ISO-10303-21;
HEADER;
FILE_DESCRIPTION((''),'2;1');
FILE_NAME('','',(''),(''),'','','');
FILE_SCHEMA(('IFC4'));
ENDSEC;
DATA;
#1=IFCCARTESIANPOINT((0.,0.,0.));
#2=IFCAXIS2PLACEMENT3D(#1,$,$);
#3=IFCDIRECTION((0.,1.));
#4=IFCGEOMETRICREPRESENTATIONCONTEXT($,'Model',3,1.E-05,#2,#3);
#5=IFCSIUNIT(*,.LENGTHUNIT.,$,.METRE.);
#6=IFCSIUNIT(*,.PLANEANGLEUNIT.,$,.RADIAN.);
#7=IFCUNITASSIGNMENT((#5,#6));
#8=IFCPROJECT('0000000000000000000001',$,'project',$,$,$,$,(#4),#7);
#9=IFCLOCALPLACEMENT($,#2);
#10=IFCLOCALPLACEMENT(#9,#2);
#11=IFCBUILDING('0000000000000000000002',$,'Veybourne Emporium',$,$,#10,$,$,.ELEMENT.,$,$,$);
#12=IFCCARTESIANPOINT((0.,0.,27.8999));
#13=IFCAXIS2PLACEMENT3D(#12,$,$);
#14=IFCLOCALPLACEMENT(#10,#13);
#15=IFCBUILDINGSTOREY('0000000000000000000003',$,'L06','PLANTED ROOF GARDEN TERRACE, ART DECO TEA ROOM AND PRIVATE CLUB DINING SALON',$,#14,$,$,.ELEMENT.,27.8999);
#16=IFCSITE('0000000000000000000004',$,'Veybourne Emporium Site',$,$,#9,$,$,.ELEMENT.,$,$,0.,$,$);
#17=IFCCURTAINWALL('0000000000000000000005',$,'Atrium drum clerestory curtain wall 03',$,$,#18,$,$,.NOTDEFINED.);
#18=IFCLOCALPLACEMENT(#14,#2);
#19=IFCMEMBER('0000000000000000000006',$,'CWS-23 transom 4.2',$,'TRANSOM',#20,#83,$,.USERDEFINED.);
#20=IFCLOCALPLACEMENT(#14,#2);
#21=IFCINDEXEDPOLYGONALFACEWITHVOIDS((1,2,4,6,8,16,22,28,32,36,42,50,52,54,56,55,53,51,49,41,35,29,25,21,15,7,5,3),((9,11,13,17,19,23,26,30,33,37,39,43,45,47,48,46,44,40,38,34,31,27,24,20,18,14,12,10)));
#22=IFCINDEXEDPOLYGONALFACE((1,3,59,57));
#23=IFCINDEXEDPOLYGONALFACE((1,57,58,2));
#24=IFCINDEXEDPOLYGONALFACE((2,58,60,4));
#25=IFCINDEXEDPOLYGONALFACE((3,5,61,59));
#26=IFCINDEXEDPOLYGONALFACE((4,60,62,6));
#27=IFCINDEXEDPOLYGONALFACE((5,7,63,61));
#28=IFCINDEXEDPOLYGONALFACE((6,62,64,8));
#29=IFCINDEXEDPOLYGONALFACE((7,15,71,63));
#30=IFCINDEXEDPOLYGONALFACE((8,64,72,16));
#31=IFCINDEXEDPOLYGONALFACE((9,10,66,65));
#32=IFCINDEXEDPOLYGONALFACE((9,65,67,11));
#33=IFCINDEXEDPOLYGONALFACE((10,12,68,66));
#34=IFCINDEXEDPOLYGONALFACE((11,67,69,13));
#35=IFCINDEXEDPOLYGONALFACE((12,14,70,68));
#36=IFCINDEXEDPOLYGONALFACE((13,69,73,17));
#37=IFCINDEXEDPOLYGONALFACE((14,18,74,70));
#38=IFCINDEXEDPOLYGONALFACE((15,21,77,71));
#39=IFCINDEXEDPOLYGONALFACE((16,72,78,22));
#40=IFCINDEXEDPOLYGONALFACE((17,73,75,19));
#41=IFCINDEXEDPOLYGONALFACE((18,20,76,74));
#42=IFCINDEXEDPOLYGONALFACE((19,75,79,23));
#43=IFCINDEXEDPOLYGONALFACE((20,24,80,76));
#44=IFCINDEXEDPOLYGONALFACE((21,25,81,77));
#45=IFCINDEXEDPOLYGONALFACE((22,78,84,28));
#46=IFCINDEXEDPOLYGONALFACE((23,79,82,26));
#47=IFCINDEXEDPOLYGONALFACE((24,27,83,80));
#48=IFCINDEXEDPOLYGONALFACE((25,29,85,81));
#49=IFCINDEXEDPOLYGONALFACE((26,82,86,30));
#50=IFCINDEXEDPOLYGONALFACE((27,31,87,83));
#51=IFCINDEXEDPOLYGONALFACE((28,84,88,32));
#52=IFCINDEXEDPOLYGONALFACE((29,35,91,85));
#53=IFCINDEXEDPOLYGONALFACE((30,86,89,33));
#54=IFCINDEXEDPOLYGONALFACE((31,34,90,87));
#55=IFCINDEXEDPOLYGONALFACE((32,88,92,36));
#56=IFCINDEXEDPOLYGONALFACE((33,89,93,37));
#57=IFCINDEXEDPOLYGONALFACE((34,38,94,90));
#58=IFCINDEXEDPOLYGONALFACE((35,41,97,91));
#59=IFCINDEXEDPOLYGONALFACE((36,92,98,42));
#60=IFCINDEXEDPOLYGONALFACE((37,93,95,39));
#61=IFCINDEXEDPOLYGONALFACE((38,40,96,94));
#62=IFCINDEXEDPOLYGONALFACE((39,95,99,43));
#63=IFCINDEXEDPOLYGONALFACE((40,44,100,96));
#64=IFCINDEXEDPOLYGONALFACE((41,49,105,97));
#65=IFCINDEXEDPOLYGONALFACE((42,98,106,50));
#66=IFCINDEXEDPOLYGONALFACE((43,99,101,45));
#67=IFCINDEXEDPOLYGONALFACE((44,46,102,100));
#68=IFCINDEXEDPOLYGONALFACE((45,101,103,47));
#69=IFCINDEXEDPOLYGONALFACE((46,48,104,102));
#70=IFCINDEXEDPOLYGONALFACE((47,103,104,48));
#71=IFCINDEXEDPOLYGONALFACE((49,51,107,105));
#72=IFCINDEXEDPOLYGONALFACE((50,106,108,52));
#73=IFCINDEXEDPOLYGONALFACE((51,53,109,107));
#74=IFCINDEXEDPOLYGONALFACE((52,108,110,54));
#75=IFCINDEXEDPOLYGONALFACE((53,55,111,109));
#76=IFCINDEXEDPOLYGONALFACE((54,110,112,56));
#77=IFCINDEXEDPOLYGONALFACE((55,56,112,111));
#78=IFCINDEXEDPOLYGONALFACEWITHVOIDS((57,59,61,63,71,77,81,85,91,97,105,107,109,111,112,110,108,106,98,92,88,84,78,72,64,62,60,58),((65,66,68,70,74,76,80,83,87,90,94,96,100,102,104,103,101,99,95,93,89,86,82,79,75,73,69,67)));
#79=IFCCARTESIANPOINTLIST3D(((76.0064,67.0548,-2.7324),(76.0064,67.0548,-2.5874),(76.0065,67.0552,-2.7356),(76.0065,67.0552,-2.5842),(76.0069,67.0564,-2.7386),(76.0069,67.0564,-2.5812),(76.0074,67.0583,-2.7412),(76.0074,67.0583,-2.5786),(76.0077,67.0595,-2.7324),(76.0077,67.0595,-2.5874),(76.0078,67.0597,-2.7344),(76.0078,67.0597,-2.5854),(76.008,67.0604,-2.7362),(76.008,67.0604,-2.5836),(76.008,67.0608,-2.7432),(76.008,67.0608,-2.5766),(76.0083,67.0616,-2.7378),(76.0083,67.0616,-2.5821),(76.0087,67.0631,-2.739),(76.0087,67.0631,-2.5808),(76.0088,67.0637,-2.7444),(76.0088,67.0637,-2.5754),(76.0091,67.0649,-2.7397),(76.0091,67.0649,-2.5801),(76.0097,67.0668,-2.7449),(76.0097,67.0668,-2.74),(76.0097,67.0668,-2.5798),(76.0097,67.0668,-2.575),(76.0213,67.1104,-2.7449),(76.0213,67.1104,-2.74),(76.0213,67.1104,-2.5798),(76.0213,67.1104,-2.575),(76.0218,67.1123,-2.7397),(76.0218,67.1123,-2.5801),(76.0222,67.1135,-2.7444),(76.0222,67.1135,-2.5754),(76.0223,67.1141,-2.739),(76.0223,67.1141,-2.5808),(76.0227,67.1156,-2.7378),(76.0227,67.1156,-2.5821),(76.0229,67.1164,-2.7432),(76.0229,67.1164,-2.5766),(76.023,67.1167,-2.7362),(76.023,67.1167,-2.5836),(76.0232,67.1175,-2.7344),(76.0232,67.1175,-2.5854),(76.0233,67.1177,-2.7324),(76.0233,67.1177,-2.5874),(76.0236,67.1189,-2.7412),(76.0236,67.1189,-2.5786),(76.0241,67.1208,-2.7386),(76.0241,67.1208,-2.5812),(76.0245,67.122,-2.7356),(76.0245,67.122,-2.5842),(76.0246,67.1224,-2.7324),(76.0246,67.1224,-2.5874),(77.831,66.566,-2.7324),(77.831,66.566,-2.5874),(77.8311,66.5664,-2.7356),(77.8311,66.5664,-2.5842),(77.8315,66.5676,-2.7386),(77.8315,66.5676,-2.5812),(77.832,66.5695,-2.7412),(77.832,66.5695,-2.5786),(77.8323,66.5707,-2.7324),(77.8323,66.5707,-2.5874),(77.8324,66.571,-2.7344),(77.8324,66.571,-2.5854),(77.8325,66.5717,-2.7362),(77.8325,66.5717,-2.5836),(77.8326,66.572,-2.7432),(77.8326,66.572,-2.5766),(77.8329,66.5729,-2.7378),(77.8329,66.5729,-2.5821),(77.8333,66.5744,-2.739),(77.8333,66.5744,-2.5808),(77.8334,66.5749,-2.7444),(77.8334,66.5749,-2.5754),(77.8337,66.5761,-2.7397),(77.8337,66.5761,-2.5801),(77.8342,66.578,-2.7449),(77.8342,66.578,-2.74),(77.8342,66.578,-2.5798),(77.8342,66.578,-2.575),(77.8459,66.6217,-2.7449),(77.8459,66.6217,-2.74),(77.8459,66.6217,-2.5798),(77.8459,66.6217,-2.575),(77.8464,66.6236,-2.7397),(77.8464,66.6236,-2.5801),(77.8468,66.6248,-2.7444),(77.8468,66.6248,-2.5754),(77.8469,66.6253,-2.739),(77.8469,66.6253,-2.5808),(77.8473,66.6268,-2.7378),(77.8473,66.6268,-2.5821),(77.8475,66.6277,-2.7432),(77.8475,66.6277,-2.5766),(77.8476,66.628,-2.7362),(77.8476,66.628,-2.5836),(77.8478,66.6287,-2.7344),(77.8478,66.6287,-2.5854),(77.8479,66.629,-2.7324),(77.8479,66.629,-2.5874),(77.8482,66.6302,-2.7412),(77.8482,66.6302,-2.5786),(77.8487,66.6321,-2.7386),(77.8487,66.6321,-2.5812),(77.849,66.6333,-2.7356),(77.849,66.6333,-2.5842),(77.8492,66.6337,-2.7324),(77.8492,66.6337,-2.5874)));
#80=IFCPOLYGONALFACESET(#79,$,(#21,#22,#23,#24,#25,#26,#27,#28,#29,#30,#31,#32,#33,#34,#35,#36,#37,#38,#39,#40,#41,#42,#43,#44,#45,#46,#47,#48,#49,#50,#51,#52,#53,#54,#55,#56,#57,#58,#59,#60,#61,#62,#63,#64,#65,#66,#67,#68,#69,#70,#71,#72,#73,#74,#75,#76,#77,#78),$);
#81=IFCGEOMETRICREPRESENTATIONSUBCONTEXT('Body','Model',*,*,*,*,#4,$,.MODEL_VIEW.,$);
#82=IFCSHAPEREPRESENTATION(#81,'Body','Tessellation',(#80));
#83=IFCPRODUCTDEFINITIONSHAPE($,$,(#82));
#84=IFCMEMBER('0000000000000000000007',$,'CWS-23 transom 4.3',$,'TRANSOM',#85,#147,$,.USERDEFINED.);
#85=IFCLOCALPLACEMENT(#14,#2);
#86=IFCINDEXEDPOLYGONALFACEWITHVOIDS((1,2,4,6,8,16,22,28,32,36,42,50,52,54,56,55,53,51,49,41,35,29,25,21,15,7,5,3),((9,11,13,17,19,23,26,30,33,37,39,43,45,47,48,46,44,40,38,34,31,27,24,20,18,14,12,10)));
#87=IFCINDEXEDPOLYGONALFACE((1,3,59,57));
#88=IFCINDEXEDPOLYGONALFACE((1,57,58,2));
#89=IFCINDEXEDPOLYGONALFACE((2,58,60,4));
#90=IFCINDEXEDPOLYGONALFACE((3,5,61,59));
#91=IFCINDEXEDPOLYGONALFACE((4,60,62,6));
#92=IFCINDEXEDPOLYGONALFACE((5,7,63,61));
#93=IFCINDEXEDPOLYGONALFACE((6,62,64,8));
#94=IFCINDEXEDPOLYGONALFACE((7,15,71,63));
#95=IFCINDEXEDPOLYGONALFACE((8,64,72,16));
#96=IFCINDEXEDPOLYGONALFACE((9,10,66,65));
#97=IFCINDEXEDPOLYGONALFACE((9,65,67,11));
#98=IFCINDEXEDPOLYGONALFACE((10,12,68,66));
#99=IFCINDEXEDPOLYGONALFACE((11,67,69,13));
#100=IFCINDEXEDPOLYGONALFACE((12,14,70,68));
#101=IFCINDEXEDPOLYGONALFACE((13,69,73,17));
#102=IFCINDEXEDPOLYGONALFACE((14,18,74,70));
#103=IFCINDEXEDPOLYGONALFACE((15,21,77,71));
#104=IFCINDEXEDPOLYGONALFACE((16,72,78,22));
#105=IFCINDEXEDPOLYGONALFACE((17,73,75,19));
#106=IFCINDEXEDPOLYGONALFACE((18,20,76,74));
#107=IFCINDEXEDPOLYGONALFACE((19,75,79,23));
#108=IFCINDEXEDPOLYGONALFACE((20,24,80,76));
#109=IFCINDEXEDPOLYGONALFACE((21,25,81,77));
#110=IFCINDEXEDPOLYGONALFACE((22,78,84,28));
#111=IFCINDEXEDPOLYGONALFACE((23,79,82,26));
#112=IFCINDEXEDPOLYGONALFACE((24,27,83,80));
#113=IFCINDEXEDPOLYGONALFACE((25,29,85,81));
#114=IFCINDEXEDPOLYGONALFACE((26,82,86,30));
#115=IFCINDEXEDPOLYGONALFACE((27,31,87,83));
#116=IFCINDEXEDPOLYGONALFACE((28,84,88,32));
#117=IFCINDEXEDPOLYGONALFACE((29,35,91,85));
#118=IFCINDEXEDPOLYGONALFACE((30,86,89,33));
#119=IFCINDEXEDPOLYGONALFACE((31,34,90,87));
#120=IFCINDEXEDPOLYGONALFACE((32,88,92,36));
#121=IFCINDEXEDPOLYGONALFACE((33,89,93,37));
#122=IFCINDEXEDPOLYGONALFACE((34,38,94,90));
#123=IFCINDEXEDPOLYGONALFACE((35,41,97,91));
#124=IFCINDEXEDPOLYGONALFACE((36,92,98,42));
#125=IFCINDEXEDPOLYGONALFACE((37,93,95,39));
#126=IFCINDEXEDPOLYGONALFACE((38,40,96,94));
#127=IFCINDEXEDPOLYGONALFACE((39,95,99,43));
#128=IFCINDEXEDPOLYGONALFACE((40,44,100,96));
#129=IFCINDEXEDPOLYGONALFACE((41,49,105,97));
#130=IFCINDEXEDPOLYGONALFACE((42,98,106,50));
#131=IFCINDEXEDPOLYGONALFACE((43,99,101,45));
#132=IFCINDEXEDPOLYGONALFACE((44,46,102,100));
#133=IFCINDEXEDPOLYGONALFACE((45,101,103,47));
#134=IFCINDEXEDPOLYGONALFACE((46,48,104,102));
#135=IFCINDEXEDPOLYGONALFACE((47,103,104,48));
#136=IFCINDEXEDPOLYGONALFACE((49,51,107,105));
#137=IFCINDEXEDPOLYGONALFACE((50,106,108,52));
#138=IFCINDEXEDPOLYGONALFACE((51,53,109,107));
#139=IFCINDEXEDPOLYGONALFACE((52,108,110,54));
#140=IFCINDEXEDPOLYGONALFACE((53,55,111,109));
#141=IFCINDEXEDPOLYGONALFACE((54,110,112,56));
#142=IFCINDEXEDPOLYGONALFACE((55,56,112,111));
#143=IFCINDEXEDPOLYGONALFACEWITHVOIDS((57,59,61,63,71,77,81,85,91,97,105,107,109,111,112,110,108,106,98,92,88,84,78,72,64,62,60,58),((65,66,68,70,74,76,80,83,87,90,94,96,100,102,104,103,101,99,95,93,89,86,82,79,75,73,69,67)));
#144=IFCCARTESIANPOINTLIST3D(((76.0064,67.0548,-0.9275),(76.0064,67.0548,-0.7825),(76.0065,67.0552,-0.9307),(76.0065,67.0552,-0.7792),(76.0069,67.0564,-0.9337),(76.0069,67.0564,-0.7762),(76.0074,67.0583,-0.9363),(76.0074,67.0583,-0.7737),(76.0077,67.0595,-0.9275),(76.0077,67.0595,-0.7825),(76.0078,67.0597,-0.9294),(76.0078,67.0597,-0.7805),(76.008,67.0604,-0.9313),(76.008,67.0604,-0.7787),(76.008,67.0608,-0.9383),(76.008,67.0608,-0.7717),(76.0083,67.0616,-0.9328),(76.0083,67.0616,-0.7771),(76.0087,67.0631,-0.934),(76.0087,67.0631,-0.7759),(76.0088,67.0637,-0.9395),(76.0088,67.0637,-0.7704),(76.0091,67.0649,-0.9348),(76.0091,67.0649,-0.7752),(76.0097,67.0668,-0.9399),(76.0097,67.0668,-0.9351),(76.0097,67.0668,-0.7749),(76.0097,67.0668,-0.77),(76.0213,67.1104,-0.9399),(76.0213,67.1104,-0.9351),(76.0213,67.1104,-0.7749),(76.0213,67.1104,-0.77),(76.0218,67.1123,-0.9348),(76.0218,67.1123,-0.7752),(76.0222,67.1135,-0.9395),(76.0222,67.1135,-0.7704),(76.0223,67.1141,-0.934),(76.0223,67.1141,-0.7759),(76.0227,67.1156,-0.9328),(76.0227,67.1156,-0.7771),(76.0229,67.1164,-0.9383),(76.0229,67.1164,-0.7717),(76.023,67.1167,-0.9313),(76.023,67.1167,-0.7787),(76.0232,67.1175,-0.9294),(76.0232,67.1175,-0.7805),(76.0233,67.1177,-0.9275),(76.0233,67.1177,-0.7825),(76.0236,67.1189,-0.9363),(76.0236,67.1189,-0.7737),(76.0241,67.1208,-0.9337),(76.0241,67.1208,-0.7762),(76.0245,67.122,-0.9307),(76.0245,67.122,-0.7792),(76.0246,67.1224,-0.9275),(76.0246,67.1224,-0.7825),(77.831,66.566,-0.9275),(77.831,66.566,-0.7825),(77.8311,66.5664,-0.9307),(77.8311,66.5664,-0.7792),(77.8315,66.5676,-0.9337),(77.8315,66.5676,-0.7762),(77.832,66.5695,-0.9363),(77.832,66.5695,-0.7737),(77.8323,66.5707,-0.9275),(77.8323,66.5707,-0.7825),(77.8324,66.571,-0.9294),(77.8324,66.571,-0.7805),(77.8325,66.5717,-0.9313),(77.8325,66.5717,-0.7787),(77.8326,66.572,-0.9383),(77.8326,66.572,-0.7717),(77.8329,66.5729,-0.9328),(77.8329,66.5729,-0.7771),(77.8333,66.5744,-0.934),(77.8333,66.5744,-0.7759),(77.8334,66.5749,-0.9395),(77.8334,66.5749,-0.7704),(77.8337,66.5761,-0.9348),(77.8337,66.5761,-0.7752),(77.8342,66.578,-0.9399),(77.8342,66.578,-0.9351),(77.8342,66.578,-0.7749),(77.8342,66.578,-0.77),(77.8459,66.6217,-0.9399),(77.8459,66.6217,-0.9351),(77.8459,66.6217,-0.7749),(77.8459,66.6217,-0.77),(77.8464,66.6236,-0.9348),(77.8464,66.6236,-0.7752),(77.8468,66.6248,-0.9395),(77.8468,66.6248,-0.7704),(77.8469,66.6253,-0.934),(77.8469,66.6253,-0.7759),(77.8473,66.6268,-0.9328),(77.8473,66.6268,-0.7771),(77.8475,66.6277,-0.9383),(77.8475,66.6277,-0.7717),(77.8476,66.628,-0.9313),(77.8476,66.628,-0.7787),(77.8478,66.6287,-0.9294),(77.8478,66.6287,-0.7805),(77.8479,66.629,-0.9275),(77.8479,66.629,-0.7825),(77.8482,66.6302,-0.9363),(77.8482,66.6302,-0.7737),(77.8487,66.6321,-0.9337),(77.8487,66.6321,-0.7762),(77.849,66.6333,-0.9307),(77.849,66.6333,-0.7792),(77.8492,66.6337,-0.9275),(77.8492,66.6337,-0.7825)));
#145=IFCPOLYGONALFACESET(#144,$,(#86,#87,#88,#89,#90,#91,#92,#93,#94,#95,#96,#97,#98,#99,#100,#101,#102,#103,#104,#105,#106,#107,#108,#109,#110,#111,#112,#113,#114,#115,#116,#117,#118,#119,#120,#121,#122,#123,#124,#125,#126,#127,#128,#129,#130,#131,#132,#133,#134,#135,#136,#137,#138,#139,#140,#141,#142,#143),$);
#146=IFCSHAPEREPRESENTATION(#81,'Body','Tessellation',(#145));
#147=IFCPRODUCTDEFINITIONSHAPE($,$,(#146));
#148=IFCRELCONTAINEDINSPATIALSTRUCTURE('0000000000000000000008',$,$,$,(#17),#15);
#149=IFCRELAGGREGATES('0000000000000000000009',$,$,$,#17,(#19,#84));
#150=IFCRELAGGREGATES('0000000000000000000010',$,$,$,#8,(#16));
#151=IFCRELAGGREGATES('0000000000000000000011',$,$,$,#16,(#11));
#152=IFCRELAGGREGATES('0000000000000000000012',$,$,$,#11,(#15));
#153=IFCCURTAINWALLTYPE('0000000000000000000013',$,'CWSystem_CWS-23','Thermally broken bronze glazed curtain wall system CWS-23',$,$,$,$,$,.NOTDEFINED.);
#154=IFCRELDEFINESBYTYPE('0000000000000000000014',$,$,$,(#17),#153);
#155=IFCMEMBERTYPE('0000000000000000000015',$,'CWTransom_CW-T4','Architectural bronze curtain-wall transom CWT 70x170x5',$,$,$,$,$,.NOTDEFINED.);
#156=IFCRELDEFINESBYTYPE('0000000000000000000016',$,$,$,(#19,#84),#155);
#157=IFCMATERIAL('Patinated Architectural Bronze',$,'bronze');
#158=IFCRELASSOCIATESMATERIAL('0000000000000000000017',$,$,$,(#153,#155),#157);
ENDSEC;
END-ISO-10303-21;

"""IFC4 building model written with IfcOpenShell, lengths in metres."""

from ifc_helpers import new_model, si_unit, direction, frame, origin, origin_2d, place, context, subcontext, project, spatial, hollow_rectangle, extrude, material, material_profile, profile_set, type_object, element, aggregate, save


model = new_model("IFC4")

# Units and contexts
model_context = context("Model", 3, precision=1e-05, world=origin(), true_north=direction((0.0, 1.0)))
body_context = subcontext(model_context, "Body", "Model", "MODEL_VIEW")
ifc_project = project(units=[si_unit("LENGTHUNIT", "METRE"), si_unit("PLANEANGLEUNIT", "RADIAN")], contexts=[model_context])

# Site, building, storey
site_placement = place(None, origin())
site = spatial("IfcSite", under=ifc_project, at=site_placement, Name="Veybourne Emporium Site", CompositionType="ELEMENT", RefElevation=0.0)
building_placement = place(site_placement, origin())
building = spatial("IfcBuilding", under=site, at=building_placement, Name="Veybourne Emporium", CompositionType="ELEMENT")
storey_placement = place(building_placement, frame((0.0, 0.0, 27.8999)))
storey = spatial("IfcBuildingStorey", under=building, at=storey_placement, Name="L06", Description="PLANTED ROOF GARDEN TERRACE, ART DECO TEA ROOM AND PRIVATE CLUB DINING SALON", CompositionType="ELEMENT", Elevation=27.8999)

# Curtain wall
ifc_material_1 = material(Name="Patinated Architectural Bronze", Category="bronze")
curtain_wall_type_1 = type_object("IfcCurtainWallType", Name="CWSystem_CWS-23", Description="Thermally broken bronze glazed curtain wall system CWS-23", PredefinedType="NOTDEFINED", material=ifc_material_1)
curtain_wall_1_placement = place(storey_placement, origin())
curtain_wall_1 = element("IfcCurtainWall", 1, at=curtain_wall_1_placement, inside=storey, type_object=curtain_wall_type_1, Name="Atrium drum clerestory curtain wall 03", PredefinedType="NOTDEFINED")

# Members
ifc_material_profile_1 = material_profile(ifc_material_1, hollow_rectangle(XDim=0.0701, YDim=0.1699, WallThickness=0.0049, InnerFilletRadius=0.0076, OuterFilletRadius=0.0125, at=origin_2d()), Name="CWT 70x170x5")
ifc_profile_set_1 = profile_set([ifc_material_profile_1], Name="Patinated Architectural Bronze")
member_type_1 = type_object("IfcMemberType", Name="CWTransom_CW-T4", Description="Architectural bronze curtain-wall transom CWT 70x170x5", PredefinedType="NOTDEFINED", material=ifc_profile_set_1)
member_1_placement = place(storey_placement, frame((77.8401, 66.5999, -2.6599), z_axis=(-0.965947, 0.25874, 0.0), x_axis=(-0.25874, -0.965947, 0.0)))
member_1 = element("IfcMember", 2, at=member_1_placement, type_object=member_type_1, Name="CWS-23 transom 4.2", ObjectType="TRANSOM", PredefinedType="USERDEFINED", context=body_context, shape_type="SweptSolid", body=[
    extrude(hollow_rectangle(XDim=0.0701, YDim=0.1699, WallThickness=0.0049, InnerFilletRadius=0.0076, OuterFilletRadius=0.0125, at=origin_2d()), origin(), (0.0, 0.0, 1.0), 1.8889),
])
member_2_placement = place(storey_placement, frame((77.8401, 66.5999, -0.855), z_axis=(-0.965947, 0.25874, 0.0), x_axis=(-0.25874, -0.965947, 0.0)))
member_2 = element("IfcMember", 3, at=member_2_placement, type_object=member_type_1, Name="CWS-23 transom 4.3", ObjectType="TRANSOM", PredefinedType="USERDEFINED", context=body_context, shape_type="SweptSolid", body=[
    extrude(hollow_rectangle(XDim=0.0701, YDim=0.1699, WallThickness=0.0049, InnerFilletRadius=0.0076, OuterFilletRadius=0.0125, at=origin_2d()), origin(), (0.0, 0.0, 1.0), 1.8889),
])

aggregate(curtain_wall_1, [member_1, member_2])

save(model, "model.ifc")
